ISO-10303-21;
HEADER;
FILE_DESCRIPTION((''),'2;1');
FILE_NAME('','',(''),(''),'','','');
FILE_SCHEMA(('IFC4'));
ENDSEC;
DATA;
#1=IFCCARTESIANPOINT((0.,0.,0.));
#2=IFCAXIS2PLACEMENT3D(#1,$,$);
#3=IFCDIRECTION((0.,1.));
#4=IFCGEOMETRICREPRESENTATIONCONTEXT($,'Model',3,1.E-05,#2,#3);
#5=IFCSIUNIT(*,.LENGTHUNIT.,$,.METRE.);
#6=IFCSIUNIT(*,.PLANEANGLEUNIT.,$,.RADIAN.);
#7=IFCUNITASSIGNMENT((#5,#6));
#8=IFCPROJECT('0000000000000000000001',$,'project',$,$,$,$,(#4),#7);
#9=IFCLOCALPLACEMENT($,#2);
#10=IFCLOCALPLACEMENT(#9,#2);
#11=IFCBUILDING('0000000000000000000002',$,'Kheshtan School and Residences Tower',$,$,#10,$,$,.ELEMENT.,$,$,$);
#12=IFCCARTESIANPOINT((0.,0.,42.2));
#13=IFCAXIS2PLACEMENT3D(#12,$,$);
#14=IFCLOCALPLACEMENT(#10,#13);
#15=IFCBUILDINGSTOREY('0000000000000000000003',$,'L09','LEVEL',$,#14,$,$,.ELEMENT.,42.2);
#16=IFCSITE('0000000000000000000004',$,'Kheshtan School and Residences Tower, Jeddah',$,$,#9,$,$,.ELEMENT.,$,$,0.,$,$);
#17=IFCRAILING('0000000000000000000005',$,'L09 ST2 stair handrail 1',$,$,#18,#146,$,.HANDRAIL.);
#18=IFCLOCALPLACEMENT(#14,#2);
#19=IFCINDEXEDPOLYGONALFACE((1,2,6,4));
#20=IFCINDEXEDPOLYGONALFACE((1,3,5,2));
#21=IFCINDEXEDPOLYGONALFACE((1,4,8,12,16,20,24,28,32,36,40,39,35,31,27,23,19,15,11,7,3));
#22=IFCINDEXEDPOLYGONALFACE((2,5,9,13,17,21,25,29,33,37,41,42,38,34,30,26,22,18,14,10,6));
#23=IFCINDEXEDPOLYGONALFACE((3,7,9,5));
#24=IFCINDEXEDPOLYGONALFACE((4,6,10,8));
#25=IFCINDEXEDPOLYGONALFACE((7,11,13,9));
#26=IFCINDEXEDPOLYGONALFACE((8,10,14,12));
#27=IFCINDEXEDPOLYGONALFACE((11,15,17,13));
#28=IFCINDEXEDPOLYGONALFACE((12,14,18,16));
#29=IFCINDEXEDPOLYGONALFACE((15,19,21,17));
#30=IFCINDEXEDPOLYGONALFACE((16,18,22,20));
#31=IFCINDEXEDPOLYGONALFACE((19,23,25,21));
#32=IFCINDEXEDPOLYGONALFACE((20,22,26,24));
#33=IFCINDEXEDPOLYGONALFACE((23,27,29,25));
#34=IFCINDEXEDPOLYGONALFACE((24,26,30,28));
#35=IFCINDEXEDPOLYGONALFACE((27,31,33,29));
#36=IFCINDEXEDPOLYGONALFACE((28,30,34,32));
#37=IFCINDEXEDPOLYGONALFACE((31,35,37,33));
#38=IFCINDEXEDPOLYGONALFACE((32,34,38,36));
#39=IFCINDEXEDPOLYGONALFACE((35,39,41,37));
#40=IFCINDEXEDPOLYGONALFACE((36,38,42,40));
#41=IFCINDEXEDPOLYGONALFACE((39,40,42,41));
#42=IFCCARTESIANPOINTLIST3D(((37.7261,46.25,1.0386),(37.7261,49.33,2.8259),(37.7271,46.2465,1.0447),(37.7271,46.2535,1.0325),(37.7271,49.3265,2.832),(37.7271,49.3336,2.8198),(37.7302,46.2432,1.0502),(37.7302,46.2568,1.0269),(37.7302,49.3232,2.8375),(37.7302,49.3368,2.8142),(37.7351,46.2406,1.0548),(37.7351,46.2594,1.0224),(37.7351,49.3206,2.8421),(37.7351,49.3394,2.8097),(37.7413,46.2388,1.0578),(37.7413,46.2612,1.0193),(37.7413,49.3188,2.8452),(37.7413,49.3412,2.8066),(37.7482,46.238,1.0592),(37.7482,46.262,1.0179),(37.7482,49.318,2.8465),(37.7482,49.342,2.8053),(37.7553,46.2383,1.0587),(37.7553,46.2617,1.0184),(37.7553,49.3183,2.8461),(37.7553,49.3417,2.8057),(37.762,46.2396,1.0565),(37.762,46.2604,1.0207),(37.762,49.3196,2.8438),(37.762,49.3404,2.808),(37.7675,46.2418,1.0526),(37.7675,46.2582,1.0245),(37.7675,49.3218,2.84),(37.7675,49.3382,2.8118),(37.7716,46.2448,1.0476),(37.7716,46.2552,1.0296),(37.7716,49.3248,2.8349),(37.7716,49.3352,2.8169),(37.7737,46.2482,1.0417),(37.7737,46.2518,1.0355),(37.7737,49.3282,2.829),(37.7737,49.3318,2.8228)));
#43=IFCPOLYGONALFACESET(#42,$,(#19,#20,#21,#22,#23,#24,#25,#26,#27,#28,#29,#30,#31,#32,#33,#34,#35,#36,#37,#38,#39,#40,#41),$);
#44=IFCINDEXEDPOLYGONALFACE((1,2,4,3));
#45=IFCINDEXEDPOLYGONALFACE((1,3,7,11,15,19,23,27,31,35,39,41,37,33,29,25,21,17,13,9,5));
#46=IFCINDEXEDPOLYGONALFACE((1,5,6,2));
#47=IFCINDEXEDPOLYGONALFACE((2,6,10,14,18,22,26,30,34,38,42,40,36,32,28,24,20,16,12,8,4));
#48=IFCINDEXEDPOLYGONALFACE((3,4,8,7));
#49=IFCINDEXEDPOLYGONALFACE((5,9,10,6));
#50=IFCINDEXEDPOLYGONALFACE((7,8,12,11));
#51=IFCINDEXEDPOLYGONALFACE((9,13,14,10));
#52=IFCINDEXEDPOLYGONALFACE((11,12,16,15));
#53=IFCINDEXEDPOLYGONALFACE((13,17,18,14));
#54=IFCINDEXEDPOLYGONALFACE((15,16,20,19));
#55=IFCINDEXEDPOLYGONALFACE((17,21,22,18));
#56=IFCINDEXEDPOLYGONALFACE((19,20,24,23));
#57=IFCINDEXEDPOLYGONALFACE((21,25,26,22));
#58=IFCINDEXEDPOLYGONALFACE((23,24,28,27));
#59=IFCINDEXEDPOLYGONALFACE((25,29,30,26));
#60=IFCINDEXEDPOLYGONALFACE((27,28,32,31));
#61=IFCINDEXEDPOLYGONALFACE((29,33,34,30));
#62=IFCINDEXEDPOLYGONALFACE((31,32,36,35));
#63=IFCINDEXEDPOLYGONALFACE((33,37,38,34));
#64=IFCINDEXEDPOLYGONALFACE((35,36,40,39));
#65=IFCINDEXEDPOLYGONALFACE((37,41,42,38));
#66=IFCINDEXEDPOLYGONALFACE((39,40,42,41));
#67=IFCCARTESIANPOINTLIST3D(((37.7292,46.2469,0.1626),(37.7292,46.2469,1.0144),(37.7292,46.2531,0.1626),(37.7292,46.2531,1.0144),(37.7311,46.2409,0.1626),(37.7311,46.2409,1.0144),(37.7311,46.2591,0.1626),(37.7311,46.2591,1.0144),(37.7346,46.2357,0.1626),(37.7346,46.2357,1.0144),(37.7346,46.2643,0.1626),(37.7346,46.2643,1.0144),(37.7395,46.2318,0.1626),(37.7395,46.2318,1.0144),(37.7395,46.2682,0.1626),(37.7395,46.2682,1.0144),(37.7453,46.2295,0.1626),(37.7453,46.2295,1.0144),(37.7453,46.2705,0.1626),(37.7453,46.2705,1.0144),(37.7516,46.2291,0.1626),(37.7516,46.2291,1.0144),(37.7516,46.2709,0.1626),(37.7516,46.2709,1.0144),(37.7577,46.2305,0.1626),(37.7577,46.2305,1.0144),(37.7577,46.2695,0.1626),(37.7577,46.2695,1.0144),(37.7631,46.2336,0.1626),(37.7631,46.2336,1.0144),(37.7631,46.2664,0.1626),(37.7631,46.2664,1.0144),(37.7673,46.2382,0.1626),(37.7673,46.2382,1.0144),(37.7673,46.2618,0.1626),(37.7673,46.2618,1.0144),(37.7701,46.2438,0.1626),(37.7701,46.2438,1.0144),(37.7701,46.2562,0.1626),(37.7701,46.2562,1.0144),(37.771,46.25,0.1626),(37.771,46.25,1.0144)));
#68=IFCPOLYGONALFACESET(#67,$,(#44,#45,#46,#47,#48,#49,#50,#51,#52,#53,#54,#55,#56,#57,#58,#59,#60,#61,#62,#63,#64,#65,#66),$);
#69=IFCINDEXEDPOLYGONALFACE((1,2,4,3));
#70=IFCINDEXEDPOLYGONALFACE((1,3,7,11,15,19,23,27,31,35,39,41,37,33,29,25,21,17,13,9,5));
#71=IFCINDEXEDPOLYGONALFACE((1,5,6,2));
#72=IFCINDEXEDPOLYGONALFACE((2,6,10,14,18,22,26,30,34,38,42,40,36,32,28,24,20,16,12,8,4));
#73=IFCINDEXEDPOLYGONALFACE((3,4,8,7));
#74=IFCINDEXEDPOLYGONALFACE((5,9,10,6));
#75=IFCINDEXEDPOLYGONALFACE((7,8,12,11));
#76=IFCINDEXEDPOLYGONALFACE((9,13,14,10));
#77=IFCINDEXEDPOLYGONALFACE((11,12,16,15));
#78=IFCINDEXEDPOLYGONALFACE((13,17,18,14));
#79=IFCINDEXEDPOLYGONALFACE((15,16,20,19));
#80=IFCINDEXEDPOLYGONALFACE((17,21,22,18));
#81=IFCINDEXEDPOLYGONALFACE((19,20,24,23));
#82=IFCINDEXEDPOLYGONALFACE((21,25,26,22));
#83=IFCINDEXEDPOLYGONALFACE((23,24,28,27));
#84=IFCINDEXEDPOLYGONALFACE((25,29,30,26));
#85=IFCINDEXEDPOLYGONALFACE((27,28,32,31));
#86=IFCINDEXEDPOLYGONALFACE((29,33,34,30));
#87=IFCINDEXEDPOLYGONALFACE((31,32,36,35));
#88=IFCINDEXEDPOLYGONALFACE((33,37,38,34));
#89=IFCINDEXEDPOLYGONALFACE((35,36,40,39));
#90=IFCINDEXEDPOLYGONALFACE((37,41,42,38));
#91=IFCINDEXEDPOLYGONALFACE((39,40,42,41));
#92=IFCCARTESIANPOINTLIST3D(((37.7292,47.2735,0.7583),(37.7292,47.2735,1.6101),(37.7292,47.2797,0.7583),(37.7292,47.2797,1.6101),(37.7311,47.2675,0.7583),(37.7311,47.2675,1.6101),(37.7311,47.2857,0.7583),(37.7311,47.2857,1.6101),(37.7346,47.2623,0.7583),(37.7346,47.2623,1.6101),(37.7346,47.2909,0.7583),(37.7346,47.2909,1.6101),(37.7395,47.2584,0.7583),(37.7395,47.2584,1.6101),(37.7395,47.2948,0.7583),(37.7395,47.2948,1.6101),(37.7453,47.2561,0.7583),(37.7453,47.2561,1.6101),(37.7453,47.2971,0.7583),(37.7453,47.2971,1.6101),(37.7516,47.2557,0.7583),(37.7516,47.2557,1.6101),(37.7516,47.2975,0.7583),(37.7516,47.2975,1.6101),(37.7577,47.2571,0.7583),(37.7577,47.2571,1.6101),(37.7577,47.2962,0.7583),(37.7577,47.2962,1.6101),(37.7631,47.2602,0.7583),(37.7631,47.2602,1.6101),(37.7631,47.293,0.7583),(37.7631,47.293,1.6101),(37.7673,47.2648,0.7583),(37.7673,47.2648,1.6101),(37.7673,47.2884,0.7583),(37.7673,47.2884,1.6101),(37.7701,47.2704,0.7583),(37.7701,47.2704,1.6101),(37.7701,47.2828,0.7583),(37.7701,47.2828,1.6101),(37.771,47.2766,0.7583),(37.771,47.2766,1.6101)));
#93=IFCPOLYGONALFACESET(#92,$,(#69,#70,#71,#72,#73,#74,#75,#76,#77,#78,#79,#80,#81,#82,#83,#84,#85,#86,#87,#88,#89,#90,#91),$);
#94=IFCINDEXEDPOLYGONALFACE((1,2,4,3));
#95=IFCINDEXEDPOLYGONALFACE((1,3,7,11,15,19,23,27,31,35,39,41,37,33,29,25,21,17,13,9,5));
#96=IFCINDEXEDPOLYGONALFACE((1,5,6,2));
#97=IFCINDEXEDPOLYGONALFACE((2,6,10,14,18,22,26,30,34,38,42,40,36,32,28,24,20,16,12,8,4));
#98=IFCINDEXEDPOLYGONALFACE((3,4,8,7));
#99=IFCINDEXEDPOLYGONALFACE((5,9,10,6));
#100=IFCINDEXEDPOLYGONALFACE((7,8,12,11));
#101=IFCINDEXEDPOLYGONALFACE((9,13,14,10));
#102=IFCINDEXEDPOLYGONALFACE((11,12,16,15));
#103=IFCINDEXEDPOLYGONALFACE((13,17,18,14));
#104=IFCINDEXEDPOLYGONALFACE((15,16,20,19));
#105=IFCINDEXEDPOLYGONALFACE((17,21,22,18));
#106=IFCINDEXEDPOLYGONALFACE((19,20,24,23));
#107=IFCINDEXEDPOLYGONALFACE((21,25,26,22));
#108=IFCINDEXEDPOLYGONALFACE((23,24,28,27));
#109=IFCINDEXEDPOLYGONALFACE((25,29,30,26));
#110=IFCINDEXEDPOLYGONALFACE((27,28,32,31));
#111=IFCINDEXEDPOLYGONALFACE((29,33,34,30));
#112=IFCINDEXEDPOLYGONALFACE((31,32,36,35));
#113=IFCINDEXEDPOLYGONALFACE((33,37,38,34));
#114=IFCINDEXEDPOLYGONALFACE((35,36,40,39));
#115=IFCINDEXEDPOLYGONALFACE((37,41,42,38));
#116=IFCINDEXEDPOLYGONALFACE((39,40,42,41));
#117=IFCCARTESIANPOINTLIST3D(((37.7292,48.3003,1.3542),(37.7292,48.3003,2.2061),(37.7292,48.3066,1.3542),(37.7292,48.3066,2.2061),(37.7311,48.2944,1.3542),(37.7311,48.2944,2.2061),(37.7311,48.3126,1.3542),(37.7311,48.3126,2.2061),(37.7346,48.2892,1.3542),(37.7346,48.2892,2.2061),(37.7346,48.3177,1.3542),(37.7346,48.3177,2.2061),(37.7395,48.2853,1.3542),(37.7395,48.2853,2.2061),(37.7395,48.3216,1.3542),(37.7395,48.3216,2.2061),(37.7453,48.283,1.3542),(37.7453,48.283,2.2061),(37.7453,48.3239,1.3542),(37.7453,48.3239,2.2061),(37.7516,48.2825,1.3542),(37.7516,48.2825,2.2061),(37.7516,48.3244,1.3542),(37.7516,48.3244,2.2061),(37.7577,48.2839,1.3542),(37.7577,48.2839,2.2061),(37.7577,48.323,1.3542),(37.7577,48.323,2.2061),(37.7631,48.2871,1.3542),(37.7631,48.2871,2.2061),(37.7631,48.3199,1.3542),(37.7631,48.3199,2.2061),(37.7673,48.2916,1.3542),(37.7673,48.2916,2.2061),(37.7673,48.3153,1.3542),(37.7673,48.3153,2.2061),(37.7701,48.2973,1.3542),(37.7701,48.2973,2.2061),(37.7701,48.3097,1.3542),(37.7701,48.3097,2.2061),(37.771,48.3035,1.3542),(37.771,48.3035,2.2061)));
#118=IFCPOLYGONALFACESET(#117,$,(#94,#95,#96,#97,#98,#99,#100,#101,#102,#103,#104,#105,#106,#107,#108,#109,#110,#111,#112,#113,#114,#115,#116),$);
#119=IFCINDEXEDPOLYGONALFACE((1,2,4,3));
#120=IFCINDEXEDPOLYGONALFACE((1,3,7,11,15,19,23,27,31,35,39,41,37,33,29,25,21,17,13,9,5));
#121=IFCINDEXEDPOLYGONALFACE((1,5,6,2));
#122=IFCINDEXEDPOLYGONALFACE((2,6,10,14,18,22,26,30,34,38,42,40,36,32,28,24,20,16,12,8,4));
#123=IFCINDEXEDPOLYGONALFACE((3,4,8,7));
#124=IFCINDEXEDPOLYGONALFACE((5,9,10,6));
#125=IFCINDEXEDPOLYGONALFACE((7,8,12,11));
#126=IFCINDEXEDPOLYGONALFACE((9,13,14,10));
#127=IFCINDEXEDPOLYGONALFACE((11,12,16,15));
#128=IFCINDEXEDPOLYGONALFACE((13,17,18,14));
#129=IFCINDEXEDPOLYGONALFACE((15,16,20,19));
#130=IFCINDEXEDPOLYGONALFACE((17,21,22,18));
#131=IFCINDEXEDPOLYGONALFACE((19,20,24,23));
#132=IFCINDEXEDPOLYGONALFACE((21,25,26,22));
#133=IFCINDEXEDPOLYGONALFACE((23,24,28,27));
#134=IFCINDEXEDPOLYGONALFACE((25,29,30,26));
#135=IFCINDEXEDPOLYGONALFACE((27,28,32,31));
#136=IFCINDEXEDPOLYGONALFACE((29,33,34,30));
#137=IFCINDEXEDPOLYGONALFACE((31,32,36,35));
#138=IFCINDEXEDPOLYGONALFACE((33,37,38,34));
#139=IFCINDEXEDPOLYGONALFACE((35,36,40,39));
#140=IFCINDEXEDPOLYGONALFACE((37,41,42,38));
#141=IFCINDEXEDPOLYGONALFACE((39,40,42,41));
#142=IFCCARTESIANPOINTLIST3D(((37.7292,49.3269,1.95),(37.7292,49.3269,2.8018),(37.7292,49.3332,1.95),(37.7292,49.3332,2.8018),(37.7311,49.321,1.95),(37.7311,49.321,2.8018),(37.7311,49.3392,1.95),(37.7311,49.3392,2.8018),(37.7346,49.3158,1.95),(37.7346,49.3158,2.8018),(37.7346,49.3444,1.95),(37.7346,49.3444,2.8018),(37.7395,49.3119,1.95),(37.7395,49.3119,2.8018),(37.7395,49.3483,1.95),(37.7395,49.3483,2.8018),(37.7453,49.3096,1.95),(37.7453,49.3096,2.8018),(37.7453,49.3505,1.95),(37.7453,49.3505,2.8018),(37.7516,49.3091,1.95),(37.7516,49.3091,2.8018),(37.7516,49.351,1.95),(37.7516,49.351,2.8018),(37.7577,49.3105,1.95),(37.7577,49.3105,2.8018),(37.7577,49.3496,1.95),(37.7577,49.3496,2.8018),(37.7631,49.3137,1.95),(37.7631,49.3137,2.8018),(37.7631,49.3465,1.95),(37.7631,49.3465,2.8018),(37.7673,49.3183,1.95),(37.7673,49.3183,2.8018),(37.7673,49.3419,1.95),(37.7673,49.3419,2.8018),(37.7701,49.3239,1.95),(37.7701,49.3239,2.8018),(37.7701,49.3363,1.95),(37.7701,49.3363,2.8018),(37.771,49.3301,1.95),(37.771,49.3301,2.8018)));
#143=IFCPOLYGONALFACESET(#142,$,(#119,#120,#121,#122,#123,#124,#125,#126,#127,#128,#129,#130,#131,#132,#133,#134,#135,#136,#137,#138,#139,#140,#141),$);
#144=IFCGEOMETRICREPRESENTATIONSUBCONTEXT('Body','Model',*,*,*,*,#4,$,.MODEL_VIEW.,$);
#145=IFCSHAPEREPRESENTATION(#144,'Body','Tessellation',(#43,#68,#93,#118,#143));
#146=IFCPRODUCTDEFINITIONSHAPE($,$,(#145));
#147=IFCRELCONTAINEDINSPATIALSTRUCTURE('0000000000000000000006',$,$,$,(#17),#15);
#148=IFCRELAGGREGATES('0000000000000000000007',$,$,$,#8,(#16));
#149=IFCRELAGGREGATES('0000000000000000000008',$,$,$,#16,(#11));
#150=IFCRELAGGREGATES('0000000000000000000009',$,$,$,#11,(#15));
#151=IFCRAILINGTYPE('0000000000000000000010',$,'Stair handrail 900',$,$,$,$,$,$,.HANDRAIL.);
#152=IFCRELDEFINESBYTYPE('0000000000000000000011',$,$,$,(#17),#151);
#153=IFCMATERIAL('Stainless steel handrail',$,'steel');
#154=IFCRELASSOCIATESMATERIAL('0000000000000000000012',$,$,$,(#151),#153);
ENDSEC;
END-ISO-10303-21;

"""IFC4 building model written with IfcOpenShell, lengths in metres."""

from ifc_helpers import new_model, si_unit, direction, frame, origin, origin_2d, place, context, subcontext, project, spatial, circle, extrude, material, type_object, element, save


model = new_model("IFC4")

# Units and contexts
model_context = context("Model", 3, precision=1e-05, world=origin(), true_north=direction((0.0, 1.0)))
body_context = subcontext(model_context, "Body", "Model", "MODEL_VIEW")
ifc_project = project(units=[si_unit("LENGTHUNIT", "METRE"), si_unit("PLANEANGLEUNIT", "RADIAN")], contexts=[model_context])

# Site, building, storey
site_placement = place(None, origin())
site = spatial("IfcSite", under=ifc_project, at=site_placement, Name="Kheshtan School and Residences Tower, Jeddah", CompositionType="ELEMENT", RefElevation=0.0)
building_placement = place(site_placement, origin())
building = spatial("IfcBuilding", under=site, at=building_placement, Name="Kheshtan School and Residences Tower", CompositionType="ELEMENT")
storey_placement = place(building_placement, frame((0.0, 0.0, 42.2)))
storey = spatial("IfcBuildingStorey", under=building, at=storey_placement, Name="L09", Description="LEVEL", CompositionType="ELEMENT", Elevation=42.2)

# Railing
ifc_material_1 = material(Name="Stainless steel handrail", Category="steel")
railing_type_1 = type_object("IfcRailingType", Name="Stair handrail 900", PredefinedType="HANDRAIL", material=ifc_material_1)
railing_1_placement = place(storey_placement, frame((37.75, 46.25, 0.1626)))
element("IfcRailing", 1, at=railing_1_placement, inside=storey, type_object=railing_type_1, Name="L09 ST2 stair handrail 1", PredefinedType="HANDRAIL", context=body_context, shape_type="SweptSolid", body=[
    extrude(circle(Radius=0.0239, at=origin_2d()), frame((0.0, 0.0, 0.876), z_axis=(0.0, 0.86492, 0.501909), x_axis=(-1.0, 0.0, 0.0)), (0.0, 0.0, 1.0), 3.561),
    extrude(circle(Radius=0.021, at=origin_2d()), origin(), (0.0, 0.0, 1.0), 0.8518),
    extrude(circle(Radius=0.021, at=origin_2d()), frame((0.0, 1.0266, 0.5957)), (0.0, 0.0, 1.0), 0.8518),
    extrude(circle(Radius=0.021, at=origin_2d()), frame((0.0, 2.0535, 1.1917)), (0.0, 0.0, 1.0), 0.8518),
    extrude(circle(Radius=0.021, at=origin_2d()), frame((0.0, 3.0801, 1.7874)), (0.0, 0.0, 1.0), 0.8518),
])

save(model, "model.ifc")
